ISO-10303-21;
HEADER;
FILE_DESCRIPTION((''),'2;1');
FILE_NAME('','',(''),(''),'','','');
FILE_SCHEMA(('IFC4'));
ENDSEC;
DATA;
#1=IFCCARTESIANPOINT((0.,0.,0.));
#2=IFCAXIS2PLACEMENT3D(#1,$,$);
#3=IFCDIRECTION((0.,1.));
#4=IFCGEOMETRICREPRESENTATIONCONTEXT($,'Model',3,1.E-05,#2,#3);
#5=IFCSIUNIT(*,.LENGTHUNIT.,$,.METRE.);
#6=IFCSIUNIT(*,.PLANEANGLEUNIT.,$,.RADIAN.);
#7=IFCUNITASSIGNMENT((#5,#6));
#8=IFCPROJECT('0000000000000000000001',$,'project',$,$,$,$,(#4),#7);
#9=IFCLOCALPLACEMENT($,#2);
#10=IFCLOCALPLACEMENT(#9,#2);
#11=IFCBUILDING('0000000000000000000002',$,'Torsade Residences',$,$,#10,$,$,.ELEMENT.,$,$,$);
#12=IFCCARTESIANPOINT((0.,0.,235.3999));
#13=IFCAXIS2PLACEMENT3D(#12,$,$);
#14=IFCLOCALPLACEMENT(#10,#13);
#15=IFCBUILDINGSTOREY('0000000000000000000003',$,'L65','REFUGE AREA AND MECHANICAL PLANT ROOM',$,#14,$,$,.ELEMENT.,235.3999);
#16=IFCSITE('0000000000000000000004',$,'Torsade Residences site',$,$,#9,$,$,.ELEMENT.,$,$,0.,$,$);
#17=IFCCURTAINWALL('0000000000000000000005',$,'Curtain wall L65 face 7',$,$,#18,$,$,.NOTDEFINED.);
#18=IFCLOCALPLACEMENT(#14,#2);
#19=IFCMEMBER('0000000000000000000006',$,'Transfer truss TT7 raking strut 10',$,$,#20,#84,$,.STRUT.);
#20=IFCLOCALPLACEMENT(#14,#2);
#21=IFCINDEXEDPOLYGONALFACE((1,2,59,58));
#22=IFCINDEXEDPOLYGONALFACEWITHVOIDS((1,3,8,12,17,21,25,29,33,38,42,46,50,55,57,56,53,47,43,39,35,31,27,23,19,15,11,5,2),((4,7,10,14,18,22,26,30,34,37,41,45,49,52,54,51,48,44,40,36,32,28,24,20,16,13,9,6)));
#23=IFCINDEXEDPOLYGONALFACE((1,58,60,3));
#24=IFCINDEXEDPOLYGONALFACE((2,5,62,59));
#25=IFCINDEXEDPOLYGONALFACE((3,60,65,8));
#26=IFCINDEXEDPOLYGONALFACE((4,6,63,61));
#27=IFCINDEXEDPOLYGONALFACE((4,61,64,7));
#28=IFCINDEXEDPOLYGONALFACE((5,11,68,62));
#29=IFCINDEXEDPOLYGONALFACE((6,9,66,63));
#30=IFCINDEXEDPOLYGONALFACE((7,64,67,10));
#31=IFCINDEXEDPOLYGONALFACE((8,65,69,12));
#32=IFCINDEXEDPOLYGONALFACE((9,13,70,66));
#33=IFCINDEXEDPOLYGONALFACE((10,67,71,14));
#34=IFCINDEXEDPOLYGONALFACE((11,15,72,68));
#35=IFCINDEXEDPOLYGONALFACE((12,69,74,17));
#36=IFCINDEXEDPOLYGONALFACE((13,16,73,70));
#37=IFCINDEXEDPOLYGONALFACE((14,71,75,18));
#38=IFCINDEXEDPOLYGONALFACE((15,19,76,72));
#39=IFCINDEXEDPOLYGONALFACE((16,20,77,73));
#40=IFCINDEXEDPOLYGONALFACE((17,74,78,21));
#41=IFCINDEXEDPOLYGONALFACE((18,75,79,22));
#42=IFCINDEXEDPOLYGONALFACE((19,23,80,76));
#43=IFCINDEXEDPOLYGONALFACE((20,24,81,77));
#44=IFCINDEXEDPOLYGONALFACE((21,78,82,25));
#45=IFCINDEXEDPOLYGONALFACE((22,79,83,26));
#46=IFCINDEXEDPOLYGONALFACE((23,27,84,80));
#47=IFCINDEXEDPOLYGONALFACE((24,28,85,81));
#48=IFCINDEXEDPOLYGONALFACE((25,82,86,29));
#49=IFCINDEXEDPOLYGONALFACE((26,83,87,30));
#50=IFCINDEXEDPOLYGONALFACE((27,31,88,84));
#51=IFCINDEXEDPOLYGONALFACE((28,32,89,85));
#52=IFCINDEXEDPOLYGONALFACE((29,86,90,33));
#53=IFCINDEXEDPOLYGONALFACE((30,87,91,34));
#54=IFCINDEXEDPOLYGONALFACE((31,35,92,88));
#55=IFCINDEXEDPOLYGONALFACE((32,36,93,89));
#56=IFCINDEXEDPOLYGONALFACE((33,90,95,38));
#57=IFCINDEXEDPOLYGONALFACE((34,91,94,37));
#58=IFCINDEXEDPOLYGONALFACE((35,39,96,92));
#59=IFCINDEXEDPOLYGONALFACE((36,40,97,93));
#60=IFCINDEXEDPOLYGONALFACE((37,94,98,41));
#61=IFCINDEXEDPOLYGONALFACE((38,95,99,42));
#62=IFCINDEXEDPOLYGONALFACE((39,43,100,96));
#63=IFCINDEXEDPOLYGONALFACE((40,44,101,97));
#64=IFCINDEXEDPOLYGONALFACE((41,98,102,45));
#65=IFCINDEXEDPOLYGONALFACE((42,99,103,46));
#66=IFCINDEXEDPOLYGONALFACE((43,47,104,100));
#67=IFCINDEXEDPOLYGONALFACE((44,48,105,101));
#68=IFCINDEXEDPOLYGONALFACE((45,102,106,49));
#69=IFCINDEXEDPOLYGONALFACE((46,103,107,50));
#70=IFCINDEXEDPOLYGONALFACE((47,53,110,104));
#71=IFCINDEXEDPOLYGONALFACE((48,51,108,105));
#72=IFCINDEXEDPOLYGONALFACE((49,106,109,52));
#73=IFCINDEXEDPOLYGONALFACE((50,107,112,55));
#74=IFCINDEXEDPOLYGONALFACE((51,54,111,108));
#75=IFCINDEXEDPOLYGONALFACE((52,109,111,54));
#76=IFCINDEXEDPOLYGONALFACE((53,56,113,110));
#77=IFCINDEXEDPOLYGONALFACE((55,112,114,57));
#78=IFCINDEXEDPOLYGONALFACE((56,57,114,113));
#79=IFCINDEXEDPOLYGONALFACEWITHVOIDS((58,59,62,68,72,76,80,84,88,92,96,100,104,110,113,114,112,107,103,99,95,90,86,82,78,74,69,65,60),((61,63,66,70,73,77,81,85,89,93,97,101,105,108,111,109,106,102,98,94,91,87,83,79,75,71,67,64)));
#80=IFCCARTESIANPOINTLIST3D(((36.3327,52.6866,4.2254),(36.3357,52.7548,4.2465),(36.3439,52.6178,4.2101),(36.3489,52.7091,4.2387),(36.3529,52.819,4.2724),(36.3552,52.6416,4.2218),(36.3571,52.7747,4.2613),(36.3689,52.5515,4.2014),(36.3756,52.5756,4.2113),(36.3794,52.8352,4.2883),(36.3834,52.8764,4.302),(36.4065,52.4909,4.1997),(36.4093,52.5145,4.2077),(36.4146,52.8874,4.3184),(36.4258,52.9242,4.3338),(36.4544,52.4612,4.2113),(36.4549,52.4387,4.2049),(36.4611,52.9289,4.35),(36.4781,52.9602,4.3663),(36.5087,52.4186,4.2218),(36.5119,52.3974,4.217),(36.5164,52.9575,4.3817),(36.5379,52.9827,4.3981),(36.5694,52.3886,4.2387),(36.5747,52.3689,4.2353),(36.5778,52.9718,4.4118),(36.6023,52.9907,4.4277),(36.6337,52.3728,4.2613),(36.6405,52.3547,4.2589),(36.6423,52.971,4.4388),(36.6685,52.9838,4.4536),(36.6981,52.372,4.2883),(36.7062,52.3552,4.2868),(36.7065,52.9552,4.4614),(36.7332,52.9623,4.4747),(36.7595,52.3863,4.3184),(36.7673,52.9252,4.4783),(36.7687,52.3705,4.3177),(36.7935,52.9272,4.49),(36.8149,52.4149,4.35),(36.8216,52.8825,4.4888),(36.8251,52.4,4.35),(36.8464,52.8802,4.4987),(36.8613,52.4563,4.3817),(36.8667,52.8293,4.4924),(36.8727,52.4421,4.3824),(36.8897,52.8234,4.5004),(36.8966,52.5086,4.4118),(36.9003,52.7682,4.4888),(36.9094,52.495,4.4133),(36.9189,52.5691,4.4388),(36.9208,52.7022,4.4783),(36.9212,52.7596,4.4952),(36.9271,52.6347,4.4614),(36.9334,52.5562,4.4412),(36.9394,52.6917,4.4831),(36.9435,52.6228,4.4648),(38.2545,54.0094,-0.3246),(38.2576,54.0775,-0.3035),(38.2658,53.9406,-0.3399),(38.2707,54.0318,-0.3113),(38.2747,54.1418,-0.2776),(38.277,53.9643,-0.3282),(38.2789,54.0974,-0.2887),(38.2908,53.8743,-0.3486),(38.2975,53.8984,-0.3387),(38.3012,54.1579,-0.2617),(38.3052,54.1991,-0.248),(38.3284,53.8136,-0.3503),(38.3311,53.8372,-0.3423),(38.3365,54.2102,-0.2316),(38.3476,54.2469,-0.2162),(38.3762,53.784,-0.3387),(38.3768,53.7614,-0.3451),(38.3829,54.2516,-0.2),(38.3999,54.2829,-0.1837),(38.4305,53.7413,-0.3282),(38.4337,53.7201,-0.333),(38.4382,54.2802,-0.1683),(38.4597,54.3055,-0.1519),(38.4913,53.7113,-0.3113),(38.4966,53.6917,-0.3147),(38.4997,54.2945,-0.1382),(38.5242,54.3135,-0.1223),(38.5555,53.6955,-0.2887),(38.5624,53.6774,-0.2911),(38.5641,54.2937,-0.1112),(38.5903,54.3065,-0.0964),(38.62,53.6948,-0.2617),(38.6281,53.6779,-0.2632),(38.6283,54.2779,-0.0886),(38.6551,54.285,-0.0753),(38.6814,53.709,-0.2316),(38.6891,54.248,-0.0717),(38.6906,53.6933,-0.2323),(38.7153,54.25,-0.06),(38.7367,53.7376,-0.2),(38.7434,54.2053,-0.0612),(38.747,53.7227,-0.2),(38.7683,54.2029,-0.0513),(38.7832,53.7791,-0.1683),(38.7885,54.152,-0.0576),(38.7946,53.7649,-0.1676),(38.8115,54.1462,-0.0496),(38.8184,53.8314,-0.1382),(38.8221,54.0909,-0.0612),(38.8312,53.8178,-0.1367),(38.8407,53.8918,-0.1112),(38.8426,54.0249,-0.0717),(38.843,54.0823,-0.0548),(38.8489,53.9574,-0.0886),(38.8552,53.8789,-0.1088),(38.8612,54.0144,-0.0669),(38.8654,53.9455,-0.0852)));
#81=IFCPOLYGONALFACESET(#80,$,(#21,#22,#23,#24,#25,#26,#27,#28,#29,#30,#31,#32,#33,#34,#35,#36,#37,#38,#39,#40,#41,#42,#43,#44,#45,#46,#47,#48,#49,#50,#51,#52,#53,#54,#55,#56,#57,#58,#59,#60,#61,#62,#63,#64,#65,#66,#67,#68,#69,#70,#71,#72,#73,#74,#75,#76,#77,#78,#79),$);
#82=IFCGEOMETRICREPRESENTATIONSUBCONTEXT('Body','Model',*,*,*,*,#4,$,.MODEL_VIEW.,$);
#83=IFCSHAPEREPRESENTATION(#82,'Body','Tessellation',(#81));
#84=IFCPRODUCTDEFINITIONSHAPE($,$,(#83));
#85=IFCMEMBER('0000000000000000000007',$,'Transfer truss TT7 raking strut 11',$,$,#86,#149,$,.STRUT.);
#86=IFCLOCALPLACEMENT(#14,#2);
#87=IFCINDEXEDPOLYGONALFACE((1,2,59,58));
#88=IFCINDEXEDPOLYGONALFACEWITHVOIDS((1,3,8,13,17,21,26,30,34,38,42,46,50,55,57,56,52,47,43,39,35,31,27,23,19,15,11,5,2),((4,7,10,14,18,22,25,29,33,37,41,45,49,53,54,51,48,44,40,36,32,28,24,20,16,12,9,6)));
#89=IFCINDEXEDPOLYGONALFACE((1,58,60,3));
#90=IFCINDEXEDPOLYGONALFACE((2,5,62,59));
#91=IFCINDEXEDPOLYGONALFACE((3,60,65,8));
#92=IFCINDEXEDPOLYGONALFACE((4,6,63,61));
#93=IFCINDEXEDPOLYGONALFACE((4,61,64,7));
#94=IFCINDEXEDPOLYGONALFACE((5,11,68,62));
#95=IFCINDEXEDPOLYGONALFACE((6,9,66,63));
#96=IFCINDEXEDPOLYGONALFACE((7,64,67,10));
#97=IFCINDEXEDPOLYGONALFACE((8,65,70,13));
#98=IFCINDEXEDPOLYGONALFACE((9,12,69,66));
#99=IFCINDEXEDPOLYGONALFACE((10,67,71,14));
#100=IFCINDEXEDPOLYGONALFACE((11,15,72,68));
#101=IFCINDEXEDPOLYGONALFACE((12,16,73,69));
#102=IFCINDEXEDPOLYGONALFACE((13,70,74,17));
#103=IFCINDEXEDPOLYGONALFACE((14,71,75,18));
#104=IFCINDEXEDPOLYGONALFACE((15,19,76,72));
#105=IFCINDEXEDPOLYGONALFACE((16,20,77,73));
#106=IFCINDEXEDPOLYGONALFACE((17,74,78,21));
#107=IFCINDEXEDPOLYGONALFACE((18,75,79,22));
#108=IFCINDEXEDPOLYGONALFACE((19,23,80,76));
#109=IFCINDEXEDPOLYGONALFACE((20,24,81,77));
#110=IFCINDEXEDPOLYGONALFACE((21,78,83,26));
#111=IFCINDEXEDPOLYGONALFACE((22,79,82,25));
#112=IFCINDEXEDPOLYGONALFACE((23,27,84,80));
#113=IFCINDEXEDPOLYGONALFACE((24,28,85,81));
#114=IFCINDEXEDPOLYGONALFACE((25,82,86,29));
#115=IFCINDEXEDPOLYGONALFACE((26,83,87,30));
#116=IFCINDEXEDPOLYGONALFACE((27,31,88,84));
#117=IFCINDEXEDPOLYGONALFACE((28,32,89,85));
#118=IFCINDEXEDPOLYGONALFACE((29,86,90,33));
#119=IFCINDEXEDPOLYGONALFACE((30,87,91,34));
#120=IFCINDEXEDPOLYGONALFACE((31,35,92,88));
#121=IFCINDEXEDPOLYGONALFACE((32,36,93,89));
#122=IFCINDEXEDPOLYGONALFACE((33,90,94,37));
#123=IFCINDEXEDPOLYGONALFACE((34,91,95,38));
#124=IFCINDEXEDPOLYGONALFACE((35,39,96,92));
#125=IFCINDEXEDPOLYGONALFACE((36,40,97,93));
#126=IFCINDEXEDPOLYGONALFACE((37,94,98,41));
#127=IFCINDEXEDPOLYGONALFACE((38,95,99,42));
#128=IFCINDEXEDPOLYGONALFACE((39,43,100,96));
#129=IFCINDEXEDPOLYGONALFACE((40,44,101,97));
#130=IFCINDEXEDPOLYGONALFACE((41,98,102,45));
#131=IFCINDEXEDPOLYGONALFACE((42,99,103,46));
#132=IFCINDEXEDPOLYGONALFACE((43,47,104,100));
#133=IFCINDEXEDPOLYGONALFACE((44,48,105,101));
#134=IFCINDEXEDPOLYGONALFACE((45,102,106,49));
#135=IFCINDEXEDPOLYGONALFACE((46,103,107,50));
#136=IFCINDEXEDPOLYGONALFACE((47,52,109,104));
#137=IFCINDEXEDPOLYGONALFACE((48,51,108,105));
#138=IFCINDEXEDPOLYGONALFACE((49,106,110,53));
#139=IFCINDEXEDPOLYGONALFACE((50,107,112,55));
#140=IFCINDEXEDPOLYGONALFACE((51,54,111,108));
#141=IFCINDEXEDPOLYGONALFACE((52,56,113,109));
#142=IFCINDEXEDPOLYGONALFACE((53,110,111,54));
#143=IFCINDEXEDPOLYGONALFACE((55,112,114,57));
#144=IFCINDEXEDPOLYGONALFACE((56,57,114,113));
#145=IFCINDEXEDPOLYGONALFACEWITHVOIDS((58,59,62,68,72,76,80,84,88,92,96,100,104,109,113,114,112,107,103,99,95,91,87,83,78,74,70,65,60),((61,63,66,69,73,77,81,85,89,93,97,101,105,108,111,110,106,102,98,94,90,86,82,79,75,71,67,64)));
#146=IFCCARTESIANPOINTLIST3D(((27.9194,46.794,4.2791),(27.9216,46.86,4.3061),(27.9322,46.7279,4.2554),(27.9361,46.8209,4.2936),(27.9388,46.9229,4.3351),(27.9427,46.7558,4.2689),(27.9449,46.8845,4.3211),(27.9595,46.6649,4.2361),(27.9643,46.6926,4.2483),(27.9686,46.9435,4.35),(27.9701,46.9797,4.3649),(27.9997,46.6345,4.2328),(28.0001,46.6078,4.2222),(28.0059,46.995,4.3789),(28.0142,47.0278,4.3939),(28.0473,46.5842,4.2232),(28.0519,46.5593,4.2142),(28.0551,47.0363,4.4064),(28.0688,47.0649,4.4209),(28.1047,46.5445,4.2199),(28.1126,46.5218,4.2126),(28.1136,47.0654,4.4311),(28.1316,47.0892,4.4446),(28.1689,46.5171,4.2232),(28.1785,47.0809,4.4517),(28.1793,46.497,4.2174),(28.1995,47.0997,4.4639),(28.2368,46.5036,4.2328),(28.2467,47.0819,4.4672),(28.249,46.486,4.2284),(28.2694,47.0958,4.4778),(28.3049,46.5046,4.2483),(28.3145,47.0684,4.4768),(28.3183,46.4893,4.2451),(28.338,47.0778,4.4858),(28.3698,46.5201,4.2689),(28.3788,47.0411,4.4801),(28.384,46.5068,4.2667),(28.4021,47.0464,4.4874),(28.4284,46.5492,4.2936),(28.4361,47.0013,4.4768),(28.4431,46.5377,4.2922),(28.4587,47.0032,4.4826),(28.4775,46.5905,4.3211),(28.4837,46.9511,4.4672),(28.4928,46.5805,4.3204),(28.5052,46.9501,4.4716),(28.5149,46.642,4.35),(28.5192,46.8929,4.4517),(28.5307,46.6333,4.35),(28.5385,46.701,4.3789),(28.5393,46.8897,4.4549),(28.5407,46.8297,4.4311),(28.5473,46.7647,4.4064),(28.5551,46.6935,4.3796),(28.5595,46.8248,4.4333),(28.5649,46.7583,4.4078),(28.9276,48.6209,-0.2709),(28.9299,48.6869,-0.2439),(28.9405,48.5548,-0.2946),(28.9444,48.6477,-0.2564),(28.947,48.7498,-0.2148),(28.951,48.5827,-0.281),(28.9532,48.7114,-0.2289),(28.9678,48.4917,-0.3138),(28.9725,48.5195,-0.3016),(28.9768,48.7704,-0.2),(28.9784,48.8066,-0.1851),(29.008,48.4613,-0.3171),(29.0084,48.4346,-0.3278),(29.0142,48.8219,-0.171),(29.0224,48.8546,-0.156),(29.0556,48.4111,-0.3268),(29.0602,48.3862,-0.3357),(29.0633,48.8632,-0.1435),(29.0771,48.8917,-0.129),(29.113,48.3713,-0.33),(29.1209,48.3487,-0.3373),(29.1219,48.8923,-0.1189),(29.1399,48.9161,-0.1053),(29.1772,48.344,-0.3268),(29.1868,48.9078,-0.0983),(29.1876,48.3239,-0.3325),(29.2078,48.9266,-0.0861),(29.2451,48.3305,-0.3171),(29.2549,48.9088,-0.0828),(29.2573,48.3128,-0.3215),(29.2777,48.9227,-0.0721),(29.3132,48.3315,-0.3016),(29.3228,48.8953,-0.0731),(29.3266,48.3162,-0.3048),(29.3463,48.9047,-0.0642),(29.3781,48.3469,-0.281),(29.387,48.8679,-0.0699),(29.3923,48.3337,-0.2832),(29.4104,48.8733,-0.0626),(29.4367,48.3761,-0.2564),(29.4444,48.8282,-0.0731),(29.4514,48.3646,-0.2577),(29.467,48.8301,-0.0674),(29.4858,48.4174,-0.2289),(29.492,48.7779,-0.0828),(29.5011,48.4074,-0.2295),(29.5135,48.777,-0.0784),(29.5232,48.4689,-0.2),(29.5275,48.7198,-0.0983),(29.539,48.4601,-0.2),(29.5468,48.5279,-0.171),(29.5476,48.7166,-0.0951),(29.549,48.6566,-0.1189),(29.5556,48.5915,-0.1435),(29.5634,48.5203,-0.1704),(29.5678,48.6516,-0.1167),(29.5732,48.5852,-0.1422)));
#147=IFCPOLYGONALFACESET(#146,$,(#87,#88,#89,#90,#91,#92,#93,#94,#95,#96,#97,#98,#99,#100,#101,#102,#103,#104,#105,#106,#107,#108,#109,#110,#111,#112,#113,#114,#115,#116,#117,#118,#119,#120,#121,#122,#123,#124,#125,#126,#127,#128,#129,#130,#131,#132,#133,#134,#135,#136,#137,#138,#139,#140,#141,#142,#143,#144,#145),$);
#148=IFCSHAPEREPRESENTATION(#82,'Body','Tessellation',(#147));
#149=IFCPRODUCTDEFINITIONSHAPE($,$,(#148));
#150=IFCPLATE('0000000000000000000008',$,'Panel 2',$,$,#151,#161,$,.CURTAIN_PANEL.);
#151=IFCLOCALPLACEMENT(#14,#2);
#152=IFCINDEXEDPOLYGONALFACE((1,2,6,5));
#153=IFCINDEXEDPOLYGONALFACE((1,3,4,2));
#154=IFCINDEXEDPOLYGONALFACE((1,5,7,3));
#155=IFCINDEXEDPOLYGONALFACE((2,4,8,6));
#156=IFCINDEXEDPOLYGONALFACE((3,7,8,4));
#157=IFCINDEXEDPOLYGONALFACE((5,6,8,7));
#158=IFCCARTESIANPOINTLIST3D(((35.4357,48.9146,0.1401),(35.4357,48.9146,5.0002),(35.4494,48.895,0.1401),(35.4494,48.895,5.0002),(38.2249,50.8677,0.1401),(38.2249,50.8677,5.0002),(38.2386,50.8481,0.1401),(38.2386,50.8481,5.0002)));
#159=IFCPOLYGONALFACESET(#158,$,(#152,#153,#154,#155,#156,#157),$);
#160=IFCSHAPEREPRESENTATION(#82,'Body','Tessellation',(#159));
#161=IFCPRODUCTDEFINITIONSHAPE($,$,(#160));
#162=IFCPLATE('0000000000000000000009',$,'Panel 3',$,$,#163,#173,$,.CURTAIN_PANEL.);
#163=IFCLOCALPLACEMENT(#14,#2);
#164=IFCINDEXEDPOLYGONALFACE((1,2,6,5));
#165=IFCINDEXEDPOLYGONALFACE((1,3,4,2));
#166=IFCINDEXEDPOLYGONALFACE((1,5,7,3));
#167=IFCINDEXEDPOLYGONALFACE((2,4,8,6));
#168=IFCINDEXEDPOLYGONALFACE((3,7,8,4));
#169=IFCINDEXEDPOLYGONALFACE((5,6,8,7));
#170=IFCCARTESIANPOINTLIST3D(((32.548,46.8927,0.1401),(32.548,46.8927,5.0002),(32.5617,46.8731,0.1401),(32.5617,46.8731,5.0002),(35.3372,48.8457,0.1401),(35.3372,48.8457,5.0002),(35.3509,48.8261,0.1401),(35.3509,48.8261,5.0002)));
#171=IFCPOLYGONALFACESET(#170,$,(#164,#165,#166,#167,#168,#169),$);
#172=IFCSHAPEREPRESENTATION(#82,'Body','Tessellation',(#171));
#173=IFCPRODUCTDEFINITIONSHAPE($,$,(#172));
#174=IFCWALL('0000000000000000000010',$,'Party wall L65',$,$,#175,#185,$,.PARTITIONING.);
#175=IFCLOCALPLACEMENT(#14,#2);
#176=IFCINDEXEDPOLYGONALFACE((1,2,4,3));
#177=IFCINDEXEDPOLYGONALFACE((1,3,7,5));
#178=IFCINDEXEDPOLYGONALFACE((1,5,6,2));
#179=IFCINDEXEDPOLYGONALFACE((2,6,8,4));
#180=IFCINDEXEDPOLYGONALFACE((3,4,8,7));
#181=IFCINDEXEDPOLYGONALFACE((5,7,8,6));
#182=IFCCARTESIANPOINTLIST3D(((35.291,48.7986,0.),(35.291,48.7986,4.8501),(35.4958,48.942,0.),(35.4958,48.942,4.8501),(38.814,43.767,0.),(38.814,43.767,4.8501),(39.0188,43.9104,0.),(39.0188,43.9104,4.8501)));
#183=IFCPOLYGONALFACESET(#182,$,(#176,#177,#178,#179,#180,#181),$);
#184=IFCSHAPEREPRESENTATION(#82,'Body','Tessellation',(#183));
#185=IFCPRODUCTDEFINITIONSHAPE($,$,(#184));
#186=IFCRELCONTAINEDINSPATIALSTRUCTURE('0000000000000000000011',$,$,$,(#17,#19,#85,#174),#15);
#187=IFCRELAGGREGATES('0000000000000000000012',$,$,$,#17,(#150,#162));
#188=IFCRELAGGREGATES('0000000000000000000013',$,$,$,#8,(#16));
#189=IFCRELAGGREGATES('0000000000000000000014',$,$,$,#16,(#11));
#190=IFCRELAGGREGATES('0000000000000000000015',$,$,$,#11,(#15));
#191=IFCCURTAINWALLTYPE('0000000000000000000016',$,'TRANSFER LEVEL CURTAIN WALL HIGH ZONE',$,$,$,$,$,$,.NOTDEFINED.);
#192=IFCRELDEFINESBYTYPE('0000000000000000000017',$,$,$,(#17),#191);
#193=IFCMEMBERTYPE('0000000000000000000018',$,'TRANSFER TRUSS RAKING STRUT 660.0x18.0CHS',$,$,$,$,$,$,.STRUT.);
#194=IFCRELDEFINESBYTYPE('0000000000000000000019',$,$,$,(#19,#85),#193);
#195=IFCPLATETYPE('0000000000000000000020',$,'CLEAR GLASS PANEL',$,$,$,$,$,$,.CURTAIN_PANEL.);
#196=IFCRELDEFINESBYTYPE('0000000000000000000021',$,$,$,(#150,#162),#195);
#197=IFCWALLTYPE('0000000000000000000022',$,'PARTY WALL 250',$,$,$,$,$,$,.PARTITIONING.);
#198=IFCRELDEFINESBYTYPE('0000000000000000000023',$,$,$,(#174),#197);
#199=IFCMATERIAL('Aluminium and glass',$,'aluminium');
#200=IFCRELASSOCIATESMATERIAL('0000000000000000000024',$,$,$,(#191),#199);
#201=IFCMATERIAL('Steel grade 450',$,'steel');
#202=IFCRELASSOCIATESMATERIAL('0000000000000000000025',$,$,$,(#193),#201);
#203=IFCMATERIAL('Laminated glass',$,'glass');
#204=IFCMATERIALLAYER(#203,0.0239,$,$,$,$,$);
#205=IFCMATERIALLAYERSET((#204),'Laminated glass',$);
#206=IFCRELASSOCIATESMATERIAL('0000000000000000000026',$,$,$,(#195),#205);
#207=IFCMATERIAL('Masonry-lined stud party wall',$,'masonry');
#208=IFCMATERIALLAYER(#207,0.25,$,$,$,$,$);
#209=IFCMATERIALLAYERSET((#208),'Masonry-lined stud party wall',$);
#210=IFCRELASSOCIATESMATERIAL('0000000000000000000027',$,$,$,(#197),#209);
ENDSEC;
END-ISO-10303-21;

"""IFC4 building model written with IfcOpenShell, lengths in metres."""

from ifc_helpers import new_model, si_unit, direction, frame, frame_2d, origin, origin_2d, place, context, subcontext, project, spatial, rectangle, hollow_circle, extrude, material, layer, layer_set, material_profile, profile_set, type_object, element, aggregate, save


model = new_model("IFC4")

# Units and contexts
model_context = context("Model", 3, precision=1e-05, world=origin(), true_north=direction((0.0, 1.0)))
body_context = subcontext(model_context, "Body", "Model", "MODEL_VIEW")
ifc_project = project(units=[si_unit("LENGTHUNIT", "METRE"), si_unit("PLANEANGLEUNIT", "RADIAN")], contexts=[model_context])

# Site, building, storey
site_placement = place(None, origin())
site = spatial("IfcSite", under=ifc_project, at=site_placement, Name="Torsade Residences site", CompositionType="ELEMENT", RefElevation=0.0)
building_placement = place(site_placement, origin())
building = spatial("IfcBuilding", under=site, at=building_placement, Name="Torsade Residences", CompositionType="ELEMENT")
storey_placement = place(building_placement, frame((0.0, 0.0, 235.3999)))
storey = spatial("IfcBuildingStorey", under=building, at=storey_placement, Name="L65", Description="REFUGE AREA AND MECHANICAL PLANT ROOM", CompositionType="ELEMENT", Elevation=235.3999)

# Curtain wall
ifc_material_1 = material(Name="Aluminium and glass", Category="aluminium")
curtain_wall_type = type_object("IfcCurtainWallType", Name="TRANSFER LEVEL CURTAIN WALL HIGH ZONE", PredefinedType="NOTDEFINED", material=ifc_material_1)
curtain_wall_placement = place(storey_placement, origin())
curtain_wall = element("IfcCurtainWall", 1, at=curtain_wall_placement, inside=storey, type_object=curtain_wall_type, Name="Curtain wall L65 face 7", PredefinedType="NOTDEFINED")

# Members
ifc_material_2 = material(Name="Steel grade 450", Category="steel")
ifc_material_profile_1 = material_profile(ifc_material_2, hollow_circle(Radius=0.3301, WallThickness=0.0181, at=origin_2d()), Name="660.0x18.0CHS")
ifc_profile_set_1 = profile_set([ifc_material_profile_1], Name="Steel grade 450")
member_type_1 = type_object("IfcMemberType", Name="TRANSFER TRUSS RAKING STRUT 660.0x18.0CHS", PredefinedType="STRUT", material=ifc_profile_set_1)
member_1_placement = place(storey_placement, frame((38.5598, 53.9946, -0.2), z_axis=(-0.375855, -0.258687, 0.889839), x_axis=(0.566955, -0.823749, 0.0)))
element("IfcMember", 2, at=member_1_placement, inside=storey, type_object=member_type_1, Name="Transfer truss TT7 raking strut 10", PredefinedType="STRUT", context=body_context, shape_type="SweptSolid", body=[
    extrude(hollow_circle(Radius=0.3301, WallThickness=0.0181, at=origin_2d()), origin(), (0.0, 0.0, 1.0), 5.1133),
])
member_2_placement = place(storey_placement, frame((29.25, 48.6196, -0.2), z_axis=(-0.20143, -0.364964, 0.908971), x_axis=(0.875506, -0.483207, 0.0)))
element("IfcMember", 3, at=member_2_placement, inside=storey, type_object=member_type_1, Name="Transfer truss TT7 raking strut 11", PredefinedType="STRUT", context=body_context, shape_type="SweptSolid", body=[
    extrude(hollow_circle(Radius=0.3301, WallThickness=0.0181, at=origin_2d()), origin(), (0.0, 0.0, 1.0), 5.0056),
])

# Plates
ifc_material_3 = material(Name="Laminated glass", Category="glass")
ifc_layer_1 = layer(ifc_material_3, 0.0239)
ifc_layer_set_1 = layer_set([ifc_layer_1], Name="Laminated glass")
plate_type = type_object("IfcPlateType", Name="CLEAR GLASS PANEL", PredefinedType="CURTAIN_PANEL", material=ifc_layer_set_1)
plate_1_placement = place(storey_placement, frame((36.8372, 49.8813, 0.1401), z_axis=(0.0, 0.0, 1.0), x_axis=(-0.819152, -0.573576, 0.0)))
plate_1 = element("IfcPlate", 4, at=plate_1_placement, type_object=plate_type, Name="Panel 2", PredefinedType="CURTAIN_PANEL", context=body_context, shape_type="SweptSolid", body=[
    extrude(rectangle(XDim=3.405, YDim=0.0239, at=origin_2d()), origin(), (0.0, 0.0, 1.0), 4.8601),
])
plate_2_placement = place(storey_placement, frame((33.9495, 47.8594, 0.1401), z_axis=(0.0, 0.0, 1.0), x_axis=(-0.819152, -0.573576, 0.0)))
plate_2 = element("IfcPlate", 5, at=plate_2_placement, type_object=plate_type, Name="Panel 3", PredefinedType="CURTAIN_PANEL", context=body_context, shape_type="SweptSolid", body=[
    extrude(rectangle(XDim=3.405, YDim=0.0239, at=origin_2d()), origin(), (0.0, 0.0, 1.0), 4.8601),
])
aggregate(curtain_wall, [plate_1, plate_2])

# Wall
ifc_material_4 = material(Name="Masonry-lined stud party wall", Category="masonry")
ifc_layer_2 = layer(ifc_material_4, 0.25)
ifc_layer_set_2 = layer_set([ifc_layer_2], Name="Masonry-lined stud party wall")
wall_type_1 = type_object("IfcWallType", Name="PARTY WALL 250", PredefinedType="PARTITIONING", material=ifc_layer_set_2)
wall_1_placement = place(storey_placement, frame((35.3933, 48.8704, 0.0), z_axis=(0.0, 0.0, 1.0), x_axis=(0.573561, -0.819163, 0.0)))
element("IfcWall", 6, at=wall_1_placement, inside=storey, type_object=wall_type_1, Name="Party wall L65", PredefinedType="PARTITIONING", context=body_context, shape_type="SweptSolid", body=[
    extrude(rectangle(XDim=6.1423, YDim=0.25, at=frame_2d((3.0713, 0.0))), origin(), (0.0, 0.0, 1.0), 4.8501),
])

save(model, "model.ifc")
